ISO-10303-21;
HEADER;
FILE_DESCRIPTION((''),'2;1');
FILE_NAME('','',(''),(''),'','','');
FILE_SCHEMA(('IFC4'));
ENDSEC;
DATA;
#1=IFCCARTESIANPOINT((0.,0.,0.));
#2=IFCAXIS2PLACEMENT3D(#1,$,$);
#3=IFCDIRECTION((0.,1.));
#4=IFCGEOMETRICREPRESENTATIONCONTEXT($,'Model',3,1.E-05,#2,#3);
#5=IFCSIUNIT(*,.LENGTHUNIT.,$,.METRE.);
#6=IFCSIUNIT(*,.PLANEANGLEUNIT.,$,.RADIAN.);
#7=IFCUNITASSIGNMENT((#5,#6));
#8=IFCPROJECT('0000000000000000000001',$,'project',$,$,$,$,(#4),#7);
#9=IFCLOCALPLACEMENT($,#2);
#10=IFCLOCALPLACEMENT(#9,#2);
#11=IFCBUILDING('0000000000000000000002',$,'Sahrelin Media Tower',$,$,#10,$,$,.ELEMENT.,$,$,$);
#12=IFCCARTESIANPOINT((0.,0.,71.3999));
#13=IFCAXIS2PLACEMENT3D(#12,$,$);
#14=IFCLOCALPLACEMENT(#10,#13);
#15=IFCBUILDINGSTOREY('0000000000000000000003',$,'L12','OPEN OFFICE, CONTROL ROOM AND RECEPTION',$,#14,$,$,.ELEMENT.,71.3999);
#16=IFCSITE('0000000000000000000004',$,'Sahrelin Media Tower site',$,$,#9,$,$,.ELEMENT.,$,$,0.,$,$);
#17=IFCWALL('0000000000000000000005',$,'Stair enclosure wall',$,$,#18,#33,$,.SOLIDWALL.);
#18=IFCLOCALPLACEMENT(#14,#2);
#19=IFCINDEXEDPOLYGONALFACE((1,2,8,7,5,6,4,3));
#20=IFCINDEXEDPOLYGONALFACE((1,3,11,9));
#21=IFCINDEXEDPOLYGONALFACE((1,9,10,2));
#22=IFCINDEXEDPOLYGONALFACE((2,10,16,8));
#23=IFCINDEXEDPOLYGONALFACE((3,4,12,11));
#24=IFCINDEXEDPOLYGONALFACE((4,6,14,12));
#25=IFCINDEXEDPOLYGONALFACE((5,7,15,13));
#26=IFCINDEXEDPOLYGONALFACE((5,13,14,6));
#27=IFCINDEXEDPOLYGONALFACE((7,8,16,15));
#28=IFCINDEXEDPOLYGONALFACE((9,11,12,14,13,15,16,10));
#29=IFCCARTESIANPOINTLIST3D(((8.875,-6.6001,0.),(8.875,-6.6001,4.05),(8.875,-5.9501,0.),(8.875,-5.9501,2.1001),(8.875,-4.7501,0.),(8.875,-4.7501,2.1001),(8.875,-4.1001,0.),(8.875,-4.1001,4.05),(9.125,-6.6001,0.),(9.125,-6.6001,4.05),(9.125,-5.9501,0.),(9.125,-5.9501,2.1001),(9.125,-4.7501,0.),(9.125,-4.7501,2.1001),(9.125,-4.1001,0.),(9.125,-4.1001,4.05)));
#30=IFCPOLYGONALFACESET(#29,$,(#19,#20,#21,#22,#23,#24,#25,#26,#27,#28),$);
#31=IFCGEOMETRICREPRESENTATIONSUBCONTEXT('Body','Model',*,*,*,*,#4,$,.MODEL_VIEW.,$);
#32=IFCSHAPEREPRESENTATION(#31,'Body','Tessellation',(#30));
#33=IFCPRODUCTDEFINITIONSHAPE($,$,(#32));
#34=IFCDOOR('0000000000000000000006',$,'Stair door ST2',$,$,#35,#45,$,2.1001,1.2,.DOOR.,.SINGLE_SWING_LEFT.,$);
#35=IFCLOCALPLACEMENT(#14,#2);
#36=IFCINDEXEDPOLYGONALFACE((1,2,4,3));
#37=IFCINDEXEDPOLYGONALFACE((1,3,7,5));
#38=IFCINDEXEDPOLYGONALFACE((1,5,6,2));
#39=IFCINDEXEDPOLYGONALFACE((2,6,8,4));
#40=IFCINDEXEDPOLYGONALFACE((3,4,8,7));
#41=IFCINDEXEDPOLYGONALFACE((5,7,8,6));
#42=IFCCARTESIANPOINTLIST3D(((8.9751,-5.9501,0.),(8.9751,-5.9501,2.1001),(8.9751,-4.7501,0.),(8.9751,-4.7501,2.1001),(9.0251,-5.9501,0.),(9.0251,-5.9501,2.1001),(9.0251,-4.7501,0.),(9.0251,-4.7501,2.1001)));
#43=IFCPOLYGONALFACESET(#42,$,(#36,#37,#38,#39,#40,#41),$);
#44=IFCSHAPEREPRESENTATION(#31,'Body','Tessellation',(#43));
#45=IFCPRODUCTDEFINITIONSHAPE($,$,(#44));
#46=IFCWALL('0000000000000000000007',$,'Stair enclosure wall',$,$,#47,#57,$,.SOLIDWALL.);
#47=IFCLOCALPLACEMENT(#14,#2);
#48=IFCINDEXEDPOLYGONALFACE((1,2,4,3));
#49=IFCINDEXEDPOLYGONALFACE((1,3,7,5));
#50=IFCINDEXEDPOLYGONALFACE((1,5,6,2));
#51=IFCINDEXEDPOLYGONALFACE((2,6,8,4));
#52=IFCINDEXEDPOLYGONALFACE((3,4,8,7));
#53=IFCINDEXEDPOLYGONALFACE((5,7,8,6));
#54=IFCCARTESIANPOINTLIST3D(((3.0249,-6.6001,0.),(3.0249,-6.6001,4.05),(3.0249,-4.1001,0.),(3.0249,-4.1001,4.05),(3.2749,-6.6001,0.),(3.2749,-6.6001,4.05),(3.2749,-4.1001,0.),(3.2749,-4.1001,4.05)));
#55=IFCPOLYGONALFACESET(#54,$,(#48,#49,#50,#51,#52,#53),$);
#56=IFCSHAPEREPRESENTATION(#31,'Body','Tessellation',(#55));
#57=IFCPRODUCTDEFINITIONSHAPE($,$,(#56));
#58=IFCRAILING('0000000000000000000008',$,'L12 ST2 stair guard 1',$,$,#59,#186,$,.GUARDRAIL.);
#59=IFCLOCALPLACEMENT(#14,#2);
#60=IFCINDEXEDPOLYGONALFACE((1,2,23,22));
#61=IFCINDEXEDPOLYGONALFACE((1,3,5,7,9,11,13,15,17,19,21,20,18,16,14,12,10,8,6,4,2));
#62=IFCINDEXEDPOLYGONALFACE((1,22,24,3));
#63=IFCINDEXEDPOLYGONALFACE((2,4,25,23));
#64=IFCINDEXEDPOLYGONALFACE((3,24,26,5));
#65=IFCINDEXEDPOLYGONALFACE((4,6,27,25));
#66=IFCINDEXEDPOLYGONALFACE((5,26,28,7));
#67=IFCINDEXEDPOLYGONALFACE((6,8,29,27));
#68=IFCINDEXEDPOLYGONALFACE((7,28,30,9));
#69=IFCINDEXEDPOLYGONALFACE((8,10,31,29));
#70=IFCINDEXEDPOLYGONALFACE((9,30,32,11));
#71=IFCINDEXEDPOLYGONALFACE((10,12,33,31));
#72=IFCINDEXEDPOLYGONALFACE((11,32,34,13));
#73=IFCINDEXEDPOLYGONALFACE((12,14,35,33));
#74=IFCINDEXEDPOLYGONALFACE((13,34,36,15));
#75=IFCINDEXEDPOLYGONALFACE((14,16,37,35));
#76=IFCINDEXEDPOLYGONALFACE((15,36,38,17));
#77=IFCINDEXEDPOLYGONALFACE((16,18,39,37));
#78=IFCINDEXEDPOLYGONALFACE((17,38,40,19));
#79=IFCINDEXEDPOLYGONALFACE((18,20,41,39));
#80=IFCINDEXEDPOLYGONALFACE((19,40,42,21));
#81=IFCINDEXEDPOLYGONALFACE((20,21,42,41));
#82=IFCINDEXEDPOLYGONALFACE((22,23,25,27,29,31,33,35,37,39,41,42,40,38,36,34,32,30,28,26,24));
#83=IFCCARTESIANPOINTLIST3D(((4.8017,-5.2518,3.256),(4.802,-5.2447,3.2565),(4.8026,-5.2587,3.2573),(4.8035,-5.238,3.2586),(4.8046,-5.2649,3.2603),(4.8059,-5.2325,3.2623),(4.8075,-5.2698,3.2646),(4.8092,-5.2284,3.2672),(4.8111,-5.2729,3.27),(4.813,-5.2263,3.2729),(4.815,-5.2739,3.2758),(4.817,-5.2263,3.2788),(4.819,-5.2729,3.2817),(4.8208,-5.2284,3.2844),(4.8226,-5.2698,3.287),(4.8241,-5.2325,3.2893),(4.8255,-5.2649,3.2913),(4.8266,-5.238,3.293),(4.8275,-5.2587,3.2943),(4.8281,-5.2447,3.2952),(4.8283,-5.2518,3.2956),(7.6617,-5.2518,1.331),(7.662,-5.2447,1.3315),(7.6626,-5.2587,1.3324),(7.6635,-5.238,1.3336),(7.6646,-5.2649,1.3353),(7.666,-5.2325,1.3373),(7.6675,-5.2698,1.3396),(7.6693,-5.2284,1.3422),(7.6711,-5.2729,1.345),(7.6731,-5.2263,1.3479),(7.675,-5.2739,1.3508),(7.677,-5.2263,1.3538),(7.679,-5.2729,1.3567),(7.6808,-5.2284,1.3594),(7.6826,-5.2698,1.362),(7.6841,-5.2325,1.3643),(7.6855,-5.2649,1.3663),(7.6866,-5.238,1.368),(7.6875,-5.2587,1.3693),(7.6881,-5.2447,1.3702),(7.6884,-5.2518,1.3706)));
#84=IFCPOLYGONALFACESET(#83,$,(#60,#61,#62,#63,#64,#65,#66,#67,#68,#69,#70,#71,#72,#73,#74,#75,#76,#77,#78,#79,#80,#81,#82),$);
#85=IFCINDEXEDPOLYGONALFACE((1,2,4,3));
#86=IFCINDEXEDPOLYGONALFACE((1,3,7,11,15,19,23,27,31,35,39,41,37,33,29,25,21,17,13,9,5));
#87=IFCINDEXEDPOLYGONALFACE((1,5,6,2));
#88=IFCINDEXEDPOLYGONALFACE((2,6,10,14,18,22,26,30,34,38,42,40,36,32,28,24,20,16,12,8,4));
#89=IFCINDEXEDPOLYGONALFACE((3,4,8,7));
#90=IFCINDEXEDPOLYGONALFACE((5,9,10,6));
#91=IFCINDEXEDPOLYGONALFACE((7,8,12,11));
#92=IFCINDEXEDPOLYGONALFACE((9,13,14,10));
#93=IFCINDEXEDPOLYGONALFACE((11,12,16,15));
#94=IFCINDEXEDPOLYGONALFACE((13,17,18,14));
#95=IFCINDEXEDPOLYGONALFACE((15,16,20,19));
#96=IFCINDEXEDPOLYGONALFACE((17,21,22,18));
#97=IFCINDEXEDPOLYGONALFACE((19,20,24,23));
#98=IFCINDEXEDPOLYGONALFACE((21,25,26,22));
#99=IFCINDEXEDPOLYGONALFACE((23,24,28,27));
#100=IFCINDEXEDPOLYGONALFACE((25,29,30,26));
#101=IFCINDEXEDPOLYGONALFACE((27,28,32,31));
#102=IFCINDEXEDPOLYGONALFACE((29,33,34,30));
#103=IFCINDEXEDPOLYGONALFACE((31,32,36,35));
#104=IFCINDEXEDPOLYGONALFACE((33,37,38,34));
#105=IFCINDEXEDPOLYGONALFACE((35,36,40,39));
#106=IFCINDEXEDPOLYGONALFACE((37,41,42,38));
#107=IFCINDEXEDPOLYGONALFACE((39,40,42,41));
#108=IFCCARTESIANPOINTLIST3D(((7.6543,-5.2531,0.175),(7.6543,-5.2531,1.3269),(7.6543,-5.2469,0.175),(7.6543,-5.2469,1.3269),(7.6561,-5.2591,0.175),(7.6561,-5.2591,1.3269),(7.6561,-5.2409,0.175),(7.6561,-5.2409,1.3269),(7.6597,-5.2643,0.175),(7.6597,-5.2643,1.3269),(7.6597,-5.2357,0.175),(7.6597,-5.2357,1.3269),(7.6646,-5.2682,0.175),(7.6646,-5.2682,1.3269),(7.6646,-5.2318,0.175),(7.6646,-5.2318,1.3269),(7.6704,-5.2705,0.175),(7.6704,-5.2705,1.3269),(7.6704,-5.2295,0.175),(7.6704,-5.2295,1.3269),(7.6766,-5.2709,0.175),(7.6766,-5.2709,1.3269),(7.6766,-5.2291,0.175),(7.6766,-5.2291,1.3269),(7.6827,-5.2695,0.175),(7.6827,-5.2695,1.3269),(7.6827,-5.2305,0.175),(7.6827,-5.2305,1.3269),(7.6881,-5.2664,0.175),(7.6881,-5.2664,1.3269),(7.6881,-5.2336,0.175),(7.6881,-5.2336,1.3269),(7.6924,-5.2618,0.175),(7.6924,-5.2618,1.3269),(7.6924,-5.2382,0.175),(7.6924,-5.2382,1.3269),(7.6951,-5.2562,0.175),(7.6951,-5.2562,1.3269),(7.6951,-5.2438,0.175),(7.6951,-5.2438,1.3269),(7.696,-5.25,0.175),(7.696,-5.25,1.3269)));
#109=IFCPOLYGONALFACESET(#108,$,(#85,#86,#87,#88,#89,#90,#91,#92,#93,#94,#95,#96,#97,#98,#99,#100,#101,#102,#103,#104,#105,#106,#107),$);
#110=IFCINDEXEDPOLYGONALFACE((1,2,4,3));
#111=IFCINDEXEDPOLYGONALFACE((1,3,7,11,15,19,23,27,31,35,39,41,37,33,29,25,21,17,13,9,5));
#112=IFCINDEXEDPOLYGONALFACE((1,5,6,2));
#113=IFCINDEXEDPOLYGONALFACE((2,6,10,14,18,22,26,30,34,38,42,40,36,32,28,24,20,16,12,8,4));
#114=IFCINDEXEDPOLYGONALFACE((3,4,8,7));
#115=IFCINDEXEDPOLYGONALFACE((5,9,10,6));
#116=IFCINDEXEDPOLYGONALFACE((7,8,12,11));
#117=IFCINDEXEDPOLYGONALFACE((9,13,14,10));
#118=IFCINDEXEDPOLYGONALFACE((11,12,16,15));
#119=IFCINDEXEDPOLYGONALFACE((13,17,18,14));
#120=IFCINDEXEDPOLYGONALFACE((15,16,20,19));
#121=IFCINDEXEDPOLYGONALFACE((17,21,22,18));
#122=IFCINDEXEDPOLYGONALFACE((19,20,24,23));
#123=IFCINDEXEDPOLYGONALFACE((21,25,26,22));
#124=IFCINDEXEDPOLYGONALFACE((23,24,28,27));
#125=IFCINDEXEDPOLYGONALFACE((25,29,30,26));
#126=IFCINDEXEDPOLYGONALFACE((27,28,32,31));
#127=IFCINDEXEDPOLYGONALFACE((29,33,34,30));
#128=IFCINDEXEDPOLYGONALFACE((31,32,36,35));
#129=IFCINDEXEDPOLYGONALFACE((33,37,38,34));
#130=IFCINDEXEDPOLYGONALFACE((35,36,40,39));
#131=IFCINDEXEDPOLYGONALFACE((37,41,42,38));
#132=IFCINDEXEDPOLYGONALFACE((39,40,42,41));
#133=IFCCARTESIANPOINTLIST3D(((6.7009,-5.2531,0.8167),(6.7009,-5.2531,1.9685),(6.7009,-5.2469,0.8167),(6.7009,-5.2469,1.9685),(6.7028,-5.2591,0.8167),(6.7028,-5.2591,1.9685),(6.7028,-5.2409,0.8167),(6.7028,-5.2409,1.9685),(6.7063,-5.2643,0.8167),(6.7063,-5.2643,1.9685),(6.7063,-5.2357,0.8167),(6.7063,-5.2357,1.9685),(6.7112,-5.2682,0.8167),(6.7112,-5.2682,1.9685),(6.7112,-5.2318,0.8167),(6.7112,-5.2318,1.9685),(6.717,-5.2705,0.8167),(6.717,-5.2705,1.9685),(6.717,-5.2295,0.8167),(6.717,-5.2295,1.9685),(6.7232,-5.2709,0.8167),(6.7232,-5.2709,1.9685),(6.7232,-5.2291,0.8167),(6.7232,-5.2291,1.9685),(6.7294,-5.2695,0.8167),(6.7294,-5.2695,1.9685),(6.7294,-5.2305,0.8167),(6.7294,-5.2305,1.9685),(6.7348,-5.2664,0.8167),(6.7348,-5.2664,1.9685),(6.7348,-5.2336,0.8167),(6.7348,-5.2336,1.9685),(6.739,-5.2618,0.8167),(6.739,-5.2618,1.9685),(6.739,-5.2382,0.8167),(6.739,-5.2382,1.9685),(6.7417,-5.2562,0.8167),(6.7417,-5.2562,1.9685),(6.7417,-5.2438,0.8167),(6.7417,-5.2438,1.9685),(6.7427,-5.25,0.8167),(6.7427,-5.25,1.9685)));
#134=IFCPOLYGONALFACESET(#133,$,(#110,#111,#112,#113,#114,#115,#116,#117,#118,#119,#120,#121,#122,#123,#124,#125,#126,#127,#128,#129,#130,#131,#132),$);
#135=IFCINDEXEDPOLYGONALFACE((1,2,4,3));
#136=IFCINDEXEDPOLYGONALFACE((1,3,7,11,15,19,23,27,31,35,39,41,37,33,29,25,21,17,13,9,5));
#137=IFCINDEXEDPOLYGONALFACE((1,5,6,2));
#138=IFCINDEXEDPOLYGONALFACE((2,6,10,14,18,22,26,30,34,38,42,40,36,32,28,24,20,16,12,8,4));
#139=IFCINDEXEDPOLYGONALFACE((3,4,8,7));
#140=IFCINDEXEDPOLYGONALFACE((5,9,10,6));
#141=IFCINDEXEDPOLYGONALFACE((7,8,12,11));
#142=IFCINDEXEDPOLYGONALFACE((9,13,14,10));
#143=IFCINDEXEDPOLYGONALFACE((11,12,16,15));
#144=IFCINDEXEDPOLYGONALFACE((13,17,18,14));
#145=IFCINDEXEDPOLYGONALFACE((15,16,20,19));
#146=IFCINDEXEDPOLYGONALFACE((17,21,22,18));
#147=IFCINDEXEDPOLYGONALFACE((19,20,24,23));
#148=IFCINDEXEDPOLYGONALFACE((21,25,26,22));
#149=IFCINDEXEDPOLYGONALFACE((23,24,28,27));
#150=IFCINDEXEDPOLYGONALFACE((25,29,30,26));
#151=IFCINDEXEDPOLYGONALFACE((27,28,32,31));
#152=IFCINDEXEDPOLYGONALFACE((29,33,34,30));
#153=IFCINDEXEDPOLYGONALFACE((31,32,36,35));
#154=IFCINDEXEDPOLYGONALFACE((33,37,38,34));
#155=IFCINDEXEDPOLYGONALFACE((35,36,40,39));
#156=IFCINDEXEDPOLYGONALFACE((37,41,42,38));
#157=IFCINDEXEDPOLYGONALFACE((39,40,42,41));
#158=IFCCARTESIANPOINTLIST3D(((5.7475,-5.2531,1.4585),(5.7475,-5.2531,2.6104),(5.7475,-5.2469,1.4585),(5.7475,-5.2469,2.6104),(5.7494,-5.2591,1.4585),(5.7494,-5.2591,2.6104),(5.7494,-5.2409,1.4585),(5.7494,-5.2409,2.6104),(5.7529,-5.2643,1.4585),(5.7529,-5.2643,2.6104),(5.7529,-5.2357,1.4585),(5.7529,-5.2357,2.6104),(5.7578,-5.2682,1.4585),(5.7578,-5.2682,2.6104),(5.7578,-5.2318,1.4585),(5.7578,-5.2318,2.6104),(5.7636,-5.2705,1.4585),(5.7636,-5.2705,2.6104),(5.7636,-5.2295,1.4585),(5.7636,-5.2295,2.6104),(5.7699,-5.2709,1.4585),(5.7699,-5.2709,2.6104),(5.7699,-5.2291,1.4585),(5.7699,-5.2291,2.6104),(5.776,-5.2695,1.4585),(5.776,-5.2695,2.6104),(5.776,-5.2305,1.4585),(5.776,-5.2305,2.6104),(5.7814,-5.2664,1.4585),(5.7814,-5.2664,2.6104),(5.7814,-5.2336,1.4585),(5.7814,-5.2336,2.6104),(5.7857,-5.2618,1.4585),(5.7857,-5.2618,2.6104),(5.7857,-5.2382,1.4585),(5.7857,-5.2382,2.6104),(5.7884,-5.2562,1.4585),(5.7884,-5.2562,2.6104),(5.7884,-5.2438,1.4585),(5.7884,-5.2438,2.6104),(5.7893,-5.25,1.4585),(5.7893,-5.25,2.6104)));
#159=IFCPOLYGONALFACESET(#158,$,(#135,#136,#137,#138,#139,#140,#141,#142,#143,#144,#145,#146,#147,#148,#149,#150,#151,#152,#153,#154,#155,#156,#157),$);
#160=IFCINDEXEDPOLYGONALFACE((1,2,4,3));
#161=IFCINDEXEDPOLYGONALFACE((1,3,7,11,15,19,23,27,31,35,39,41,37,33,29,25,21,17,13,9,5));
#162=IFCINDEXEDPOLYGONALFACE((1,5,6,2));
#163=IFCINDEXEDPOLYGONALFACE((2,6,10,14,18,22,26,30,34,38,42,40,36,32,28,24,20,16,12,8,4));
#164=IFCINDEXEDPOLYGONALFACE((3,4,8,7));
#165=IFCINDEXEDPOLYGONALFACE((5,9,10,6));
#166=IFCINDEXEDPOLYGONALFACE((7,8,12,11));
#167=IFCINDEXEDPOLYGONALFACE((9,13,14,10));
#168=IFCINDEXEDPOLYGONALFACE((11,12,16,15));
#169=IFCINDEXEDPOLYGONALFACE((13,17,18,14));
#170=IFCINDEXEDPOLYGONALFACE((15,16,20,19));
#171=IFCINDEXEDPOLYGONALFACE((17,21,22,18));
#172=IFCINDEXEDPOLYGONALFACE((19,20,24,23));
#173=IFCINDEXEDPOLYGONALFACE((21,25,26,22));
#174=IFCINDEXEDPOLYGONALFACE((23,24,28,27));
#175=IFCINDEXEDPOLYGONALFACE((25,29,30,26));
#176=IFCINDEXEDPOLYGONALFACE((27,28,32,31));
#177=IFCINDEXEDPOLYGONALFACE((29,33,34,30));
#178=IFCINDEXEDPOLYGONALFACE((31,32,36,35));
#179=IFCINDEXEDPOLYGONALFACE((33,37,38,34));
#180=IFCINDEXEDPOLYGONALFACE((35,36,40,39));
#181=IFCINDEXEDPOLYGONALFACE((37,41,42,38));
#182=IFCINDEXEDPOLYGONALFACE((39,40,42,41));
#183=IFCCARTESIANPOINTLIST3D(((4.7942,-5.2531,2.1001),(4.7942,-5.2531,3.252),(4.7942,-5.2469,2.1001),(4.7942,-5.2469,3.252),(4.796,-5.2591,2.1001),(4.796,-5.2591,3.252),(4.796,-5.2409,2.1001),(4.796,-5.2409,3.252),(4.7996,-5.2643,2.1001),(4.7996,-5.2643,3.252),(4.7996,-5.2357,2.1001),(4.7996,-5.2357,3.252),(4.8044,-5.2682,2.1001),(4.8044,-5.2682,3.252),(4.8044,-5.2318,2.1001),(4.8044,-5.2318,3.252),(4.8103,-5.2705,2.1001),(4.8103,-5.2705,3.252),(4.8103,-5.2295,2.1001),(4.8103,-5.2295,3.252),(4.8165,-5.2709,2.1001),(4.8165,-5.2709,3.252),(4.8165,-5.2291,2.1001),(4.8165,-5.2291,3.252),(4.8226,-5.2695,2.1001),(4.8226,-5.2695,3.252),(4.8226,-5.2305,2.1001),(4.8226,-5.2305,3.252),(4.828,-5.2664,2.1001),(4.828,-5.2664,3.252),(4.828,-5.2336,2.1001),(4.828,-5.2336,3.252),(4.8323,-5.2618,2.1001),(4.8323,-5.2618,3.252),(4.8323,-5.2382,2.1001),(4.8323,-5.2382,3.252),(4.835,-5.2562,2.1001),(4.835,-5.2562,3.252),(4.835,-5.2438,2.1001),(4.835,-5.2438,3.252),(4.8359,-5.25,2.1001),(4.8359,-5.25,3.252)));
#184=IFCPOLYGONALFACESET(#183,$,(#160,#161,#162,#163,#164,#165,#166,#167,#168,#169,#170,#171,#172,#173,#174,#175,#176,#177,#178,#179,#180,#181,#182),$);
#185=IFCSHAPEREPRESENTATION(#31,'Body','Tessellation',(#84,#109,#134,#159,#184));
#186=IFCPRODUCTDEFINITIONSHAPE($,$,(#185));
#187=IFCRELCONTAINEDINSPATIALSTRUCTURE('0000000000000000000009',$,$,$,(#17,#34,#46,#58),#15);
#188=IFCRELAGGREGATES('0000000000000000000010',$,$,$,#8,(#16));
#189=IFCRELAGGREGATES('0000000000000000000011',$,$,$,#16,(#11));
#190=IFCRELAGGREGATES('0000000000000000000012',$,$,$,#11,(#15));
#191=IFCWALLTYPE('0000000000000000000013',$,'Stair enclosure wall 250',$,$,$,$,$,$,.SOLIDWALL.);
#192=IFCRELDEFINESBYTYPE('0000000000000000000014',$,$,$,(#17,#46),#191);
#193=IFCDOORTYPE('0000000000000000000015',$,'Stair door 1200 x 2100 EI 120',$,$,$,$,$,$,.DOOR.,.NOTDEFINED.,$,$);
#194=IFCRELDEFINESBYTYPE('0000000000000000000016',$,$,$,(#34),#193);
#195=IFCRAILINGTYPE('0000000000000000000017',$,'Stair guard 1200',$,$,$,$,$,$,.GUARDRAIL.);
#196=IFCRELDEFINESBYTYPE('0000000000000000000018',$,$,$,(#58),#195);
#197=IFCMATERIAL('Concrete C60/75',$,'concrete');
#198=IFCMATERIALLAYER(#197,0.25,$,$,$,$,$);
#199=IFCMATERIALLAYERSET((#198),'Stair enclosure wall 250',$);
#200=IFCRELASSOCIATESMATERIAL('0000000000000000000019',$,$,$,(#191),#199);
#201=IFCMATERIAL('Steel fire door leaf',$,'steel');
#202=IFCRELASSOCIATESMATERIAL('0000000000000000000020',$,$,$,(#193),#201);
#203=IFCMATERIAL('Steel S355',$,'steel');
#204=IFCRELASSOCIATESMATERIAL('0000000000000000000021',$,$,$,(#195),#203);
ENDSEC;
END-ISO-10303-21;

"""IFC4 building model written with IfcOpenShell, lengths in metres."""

from ifc_helpers import new_model, si_unit, direction, frame, frame_2d, origin, origin_2d, place, context, subcontext, project, spatial, rectangle, circle, extrude, material, layer, layer_set, type_object, element, fill, save


model = new_model("IFC4")

# Units and contexts
model_context = context("Model", 3, precision=1e-05, world=origin(), true_north=direction((0.0, 1.0)))
body_context = subcontext(model_context, "Body", "Model", "MODEL_VIEW")
ifc_project = project(units=[si_unit("LENGTHUNIT", "METRE"), si_unit("PLANEANGLEUNIT", "RADIAN")], contexts=[model_context])

# Site, building, storey
site_placement = place(None, origin())
site = spatial("IfcSite", under=ifc_project, at=site_placement, Name="Sahrelin Media Tower site", CompositionType="ELEMENT", RefElevation=0.0)
building_placement = place(site_placement, origin())
building = spatial("IfcBuilding", under=site, at=building_placement, Name="Sahrelin Media Tower", CompositionType="ELEMENT")
storey_placement = place(building_placement, frame((0.0, 0.0, 71.3999)))
storey = spatial("IfcBuildingStorey", under=building, at=storey_placement, Name="L12", Description="OPEN OFFICE, CONTROL ROOM AND RECEPTION", CompositionType="ELEMENT", Elevation=71.3999)

# Shared definitions
ifc_material_1 = material(Name="Steel S355", Category="steel")

# Shared definitions
ifc_material_2 = material(Name="Concrete C60/75", Category="concrete")

# Shared definitions
ifc_material_3 = material(Name="Steel fire door leaf", Category="steel")

# Wall, opening, door
ifc_layer_1 = layer(ifc_material_2, 0.25)
ifc_layer_set_1 = layer_set([ifc_layer_1], Name="Stair enclosure wall 250")
wall_type_1 = type_object("IfcWallType", Name="Stair enclosure wall 250", PredefinedType="SOLIDWALL", material=ifc_layer_set_1)
wall_1_placement = place(storey_placement, frame((9.0, -6.6001, 0.0), z_axis=(0.0, 0.0, 1.0), x_axis=(0.0, 1.0, 0.0)))
wall_1 = element("IfcWall", 1, at=wall_1_placement, inside=storey, type_object=wall_type_1, Name="Stair enclosure wall", PredefinedType="SOLIDWALL", context=body_context, shape_type="SweptSolid", body=[
    extrude(rectangle(XDim=2.5, YDim=0.25, at=frame_2d((1.25, 0.0))), origin(), (0.0, 0.0, 1.0), 4.05),
])
opening_1_placement = place(wall_1_placement, frame((0.6499, 0.0, 0.0)))
opening_1 = element("IfcOpeningElement", 2, at=opening_1_placement, cuts=wall_1, PredefinedType="OPENING", context=body_context, shape_type="SweptSolid", body=[
    extrude(rectangle(XDim=1.2, YDim=2.1001, at=frame_2d((0.6001, 1.05))), frame((0.0, 0.125, 0.0), z_axis=(0.0, -1.0, 0.0), x_axis=(1.0, 0.0, 0.0)), (0.0, 0.0, 1.0), 0.25),
])
door_type_1 = type_object("IfcDoorType", Name="Stair door 1200 x 2100 EI 120", OperationType="NOTDEFINED", PredefinedType="DOOR", material=ifc_material_3)
door_1_placement = place(opening_1_placement, origin())
door_1 = element("IfcDoor", 3, at=door_1_placement, inside=storey, type_object=door_type_1, Name="Stair door ST2", OperationType="SINGLE_SWING_LEFT", OverallHeight=2.1001, OverallWidth=1.2, PredefinedType="DOOR", context=body_context, shape_type="SweptSolid", body=[
    extrude(rectangle(XDim=1.2, YDim=2.1001, at=frame_2d((0.6001, 1.05))), frame((0.0, 0.0249, 0.0), z_axis=(0.0, -1.0, 0.0), x_axis=(1.0, 0.0, 0.0)), (0.0, 0.0, 1.0), 0.05),
])
fill(opening_1, door_1)

# Wall
wall_2_placement = place(storey_placement, frame((3.1499, -6.6001, 0.0), z_axis=(0.0, 0.0, 1.0), x_axis=(0.0, 1.0, 0.0)))
element("IfcWall", 4, at=wall_2_placement, inside=storey, type_object=wall_type_1, Name="Stair enclosure wall", PredefinedType="SOLIDWALL", context=body_context, shape_type="SweptSolid", body=[
    extrude(rectangle(XDim=2.5, YDim=0.25, at=frame_2d((1.25, 0.0))), origin(), (0.0, 0.0, 1.0), 4.05),
])

# Railing
railing_type_1 = type_object("IfcRailingType", Name="Stair guard 1200", PredefinedType="GUARDRAIL", material=ifc_material_1)
railing_1_placement = place(storey_placement, frame((7.675, -5.25, 0.175)))
element("IfcRailing", 5, at=railing_1_placement, inside=storey, type_object=railing_type_1, Name="L12 ST2 stair guard 1", PredefinedType="GUARDRAIL", context=body_context, shape_type="SweptSolid", body=[
    extrude(circle(Radius=0.0239, at=origin_2d()), frame((0.0, 0.0, 1.1758), z_axis=(-0.829591, 0.0, 0.558372), x_axis=(0.0, -1.0, 0.0)), (0.0, 0.0, 1.0), 3.4475),
    extrude(circle(Radius=0.021, at=origin_2d()), origin(), (0.0, 0.0, 1.0), 1.1519),
    extrude(circle(Radius=0.021, at=origin_2d()), frame((-0.9534, 0.0, 0.6416)), (0.0, 0.0, 1.0), 1.1519),
    extrude(circle(Radius=0.021, at=origin_2d()), frame((-1.9067, 0.0, 1.2834)), (0.0, 0.0, 1.0), 1.1519),
    extrude(circle(Radius=0.021, at=origin_2d()), frame((-2.8601, 0.0, 1.925)), (0.0, 0.0, 1.0), 1.1519),
])

save(model, "model.ifc")
